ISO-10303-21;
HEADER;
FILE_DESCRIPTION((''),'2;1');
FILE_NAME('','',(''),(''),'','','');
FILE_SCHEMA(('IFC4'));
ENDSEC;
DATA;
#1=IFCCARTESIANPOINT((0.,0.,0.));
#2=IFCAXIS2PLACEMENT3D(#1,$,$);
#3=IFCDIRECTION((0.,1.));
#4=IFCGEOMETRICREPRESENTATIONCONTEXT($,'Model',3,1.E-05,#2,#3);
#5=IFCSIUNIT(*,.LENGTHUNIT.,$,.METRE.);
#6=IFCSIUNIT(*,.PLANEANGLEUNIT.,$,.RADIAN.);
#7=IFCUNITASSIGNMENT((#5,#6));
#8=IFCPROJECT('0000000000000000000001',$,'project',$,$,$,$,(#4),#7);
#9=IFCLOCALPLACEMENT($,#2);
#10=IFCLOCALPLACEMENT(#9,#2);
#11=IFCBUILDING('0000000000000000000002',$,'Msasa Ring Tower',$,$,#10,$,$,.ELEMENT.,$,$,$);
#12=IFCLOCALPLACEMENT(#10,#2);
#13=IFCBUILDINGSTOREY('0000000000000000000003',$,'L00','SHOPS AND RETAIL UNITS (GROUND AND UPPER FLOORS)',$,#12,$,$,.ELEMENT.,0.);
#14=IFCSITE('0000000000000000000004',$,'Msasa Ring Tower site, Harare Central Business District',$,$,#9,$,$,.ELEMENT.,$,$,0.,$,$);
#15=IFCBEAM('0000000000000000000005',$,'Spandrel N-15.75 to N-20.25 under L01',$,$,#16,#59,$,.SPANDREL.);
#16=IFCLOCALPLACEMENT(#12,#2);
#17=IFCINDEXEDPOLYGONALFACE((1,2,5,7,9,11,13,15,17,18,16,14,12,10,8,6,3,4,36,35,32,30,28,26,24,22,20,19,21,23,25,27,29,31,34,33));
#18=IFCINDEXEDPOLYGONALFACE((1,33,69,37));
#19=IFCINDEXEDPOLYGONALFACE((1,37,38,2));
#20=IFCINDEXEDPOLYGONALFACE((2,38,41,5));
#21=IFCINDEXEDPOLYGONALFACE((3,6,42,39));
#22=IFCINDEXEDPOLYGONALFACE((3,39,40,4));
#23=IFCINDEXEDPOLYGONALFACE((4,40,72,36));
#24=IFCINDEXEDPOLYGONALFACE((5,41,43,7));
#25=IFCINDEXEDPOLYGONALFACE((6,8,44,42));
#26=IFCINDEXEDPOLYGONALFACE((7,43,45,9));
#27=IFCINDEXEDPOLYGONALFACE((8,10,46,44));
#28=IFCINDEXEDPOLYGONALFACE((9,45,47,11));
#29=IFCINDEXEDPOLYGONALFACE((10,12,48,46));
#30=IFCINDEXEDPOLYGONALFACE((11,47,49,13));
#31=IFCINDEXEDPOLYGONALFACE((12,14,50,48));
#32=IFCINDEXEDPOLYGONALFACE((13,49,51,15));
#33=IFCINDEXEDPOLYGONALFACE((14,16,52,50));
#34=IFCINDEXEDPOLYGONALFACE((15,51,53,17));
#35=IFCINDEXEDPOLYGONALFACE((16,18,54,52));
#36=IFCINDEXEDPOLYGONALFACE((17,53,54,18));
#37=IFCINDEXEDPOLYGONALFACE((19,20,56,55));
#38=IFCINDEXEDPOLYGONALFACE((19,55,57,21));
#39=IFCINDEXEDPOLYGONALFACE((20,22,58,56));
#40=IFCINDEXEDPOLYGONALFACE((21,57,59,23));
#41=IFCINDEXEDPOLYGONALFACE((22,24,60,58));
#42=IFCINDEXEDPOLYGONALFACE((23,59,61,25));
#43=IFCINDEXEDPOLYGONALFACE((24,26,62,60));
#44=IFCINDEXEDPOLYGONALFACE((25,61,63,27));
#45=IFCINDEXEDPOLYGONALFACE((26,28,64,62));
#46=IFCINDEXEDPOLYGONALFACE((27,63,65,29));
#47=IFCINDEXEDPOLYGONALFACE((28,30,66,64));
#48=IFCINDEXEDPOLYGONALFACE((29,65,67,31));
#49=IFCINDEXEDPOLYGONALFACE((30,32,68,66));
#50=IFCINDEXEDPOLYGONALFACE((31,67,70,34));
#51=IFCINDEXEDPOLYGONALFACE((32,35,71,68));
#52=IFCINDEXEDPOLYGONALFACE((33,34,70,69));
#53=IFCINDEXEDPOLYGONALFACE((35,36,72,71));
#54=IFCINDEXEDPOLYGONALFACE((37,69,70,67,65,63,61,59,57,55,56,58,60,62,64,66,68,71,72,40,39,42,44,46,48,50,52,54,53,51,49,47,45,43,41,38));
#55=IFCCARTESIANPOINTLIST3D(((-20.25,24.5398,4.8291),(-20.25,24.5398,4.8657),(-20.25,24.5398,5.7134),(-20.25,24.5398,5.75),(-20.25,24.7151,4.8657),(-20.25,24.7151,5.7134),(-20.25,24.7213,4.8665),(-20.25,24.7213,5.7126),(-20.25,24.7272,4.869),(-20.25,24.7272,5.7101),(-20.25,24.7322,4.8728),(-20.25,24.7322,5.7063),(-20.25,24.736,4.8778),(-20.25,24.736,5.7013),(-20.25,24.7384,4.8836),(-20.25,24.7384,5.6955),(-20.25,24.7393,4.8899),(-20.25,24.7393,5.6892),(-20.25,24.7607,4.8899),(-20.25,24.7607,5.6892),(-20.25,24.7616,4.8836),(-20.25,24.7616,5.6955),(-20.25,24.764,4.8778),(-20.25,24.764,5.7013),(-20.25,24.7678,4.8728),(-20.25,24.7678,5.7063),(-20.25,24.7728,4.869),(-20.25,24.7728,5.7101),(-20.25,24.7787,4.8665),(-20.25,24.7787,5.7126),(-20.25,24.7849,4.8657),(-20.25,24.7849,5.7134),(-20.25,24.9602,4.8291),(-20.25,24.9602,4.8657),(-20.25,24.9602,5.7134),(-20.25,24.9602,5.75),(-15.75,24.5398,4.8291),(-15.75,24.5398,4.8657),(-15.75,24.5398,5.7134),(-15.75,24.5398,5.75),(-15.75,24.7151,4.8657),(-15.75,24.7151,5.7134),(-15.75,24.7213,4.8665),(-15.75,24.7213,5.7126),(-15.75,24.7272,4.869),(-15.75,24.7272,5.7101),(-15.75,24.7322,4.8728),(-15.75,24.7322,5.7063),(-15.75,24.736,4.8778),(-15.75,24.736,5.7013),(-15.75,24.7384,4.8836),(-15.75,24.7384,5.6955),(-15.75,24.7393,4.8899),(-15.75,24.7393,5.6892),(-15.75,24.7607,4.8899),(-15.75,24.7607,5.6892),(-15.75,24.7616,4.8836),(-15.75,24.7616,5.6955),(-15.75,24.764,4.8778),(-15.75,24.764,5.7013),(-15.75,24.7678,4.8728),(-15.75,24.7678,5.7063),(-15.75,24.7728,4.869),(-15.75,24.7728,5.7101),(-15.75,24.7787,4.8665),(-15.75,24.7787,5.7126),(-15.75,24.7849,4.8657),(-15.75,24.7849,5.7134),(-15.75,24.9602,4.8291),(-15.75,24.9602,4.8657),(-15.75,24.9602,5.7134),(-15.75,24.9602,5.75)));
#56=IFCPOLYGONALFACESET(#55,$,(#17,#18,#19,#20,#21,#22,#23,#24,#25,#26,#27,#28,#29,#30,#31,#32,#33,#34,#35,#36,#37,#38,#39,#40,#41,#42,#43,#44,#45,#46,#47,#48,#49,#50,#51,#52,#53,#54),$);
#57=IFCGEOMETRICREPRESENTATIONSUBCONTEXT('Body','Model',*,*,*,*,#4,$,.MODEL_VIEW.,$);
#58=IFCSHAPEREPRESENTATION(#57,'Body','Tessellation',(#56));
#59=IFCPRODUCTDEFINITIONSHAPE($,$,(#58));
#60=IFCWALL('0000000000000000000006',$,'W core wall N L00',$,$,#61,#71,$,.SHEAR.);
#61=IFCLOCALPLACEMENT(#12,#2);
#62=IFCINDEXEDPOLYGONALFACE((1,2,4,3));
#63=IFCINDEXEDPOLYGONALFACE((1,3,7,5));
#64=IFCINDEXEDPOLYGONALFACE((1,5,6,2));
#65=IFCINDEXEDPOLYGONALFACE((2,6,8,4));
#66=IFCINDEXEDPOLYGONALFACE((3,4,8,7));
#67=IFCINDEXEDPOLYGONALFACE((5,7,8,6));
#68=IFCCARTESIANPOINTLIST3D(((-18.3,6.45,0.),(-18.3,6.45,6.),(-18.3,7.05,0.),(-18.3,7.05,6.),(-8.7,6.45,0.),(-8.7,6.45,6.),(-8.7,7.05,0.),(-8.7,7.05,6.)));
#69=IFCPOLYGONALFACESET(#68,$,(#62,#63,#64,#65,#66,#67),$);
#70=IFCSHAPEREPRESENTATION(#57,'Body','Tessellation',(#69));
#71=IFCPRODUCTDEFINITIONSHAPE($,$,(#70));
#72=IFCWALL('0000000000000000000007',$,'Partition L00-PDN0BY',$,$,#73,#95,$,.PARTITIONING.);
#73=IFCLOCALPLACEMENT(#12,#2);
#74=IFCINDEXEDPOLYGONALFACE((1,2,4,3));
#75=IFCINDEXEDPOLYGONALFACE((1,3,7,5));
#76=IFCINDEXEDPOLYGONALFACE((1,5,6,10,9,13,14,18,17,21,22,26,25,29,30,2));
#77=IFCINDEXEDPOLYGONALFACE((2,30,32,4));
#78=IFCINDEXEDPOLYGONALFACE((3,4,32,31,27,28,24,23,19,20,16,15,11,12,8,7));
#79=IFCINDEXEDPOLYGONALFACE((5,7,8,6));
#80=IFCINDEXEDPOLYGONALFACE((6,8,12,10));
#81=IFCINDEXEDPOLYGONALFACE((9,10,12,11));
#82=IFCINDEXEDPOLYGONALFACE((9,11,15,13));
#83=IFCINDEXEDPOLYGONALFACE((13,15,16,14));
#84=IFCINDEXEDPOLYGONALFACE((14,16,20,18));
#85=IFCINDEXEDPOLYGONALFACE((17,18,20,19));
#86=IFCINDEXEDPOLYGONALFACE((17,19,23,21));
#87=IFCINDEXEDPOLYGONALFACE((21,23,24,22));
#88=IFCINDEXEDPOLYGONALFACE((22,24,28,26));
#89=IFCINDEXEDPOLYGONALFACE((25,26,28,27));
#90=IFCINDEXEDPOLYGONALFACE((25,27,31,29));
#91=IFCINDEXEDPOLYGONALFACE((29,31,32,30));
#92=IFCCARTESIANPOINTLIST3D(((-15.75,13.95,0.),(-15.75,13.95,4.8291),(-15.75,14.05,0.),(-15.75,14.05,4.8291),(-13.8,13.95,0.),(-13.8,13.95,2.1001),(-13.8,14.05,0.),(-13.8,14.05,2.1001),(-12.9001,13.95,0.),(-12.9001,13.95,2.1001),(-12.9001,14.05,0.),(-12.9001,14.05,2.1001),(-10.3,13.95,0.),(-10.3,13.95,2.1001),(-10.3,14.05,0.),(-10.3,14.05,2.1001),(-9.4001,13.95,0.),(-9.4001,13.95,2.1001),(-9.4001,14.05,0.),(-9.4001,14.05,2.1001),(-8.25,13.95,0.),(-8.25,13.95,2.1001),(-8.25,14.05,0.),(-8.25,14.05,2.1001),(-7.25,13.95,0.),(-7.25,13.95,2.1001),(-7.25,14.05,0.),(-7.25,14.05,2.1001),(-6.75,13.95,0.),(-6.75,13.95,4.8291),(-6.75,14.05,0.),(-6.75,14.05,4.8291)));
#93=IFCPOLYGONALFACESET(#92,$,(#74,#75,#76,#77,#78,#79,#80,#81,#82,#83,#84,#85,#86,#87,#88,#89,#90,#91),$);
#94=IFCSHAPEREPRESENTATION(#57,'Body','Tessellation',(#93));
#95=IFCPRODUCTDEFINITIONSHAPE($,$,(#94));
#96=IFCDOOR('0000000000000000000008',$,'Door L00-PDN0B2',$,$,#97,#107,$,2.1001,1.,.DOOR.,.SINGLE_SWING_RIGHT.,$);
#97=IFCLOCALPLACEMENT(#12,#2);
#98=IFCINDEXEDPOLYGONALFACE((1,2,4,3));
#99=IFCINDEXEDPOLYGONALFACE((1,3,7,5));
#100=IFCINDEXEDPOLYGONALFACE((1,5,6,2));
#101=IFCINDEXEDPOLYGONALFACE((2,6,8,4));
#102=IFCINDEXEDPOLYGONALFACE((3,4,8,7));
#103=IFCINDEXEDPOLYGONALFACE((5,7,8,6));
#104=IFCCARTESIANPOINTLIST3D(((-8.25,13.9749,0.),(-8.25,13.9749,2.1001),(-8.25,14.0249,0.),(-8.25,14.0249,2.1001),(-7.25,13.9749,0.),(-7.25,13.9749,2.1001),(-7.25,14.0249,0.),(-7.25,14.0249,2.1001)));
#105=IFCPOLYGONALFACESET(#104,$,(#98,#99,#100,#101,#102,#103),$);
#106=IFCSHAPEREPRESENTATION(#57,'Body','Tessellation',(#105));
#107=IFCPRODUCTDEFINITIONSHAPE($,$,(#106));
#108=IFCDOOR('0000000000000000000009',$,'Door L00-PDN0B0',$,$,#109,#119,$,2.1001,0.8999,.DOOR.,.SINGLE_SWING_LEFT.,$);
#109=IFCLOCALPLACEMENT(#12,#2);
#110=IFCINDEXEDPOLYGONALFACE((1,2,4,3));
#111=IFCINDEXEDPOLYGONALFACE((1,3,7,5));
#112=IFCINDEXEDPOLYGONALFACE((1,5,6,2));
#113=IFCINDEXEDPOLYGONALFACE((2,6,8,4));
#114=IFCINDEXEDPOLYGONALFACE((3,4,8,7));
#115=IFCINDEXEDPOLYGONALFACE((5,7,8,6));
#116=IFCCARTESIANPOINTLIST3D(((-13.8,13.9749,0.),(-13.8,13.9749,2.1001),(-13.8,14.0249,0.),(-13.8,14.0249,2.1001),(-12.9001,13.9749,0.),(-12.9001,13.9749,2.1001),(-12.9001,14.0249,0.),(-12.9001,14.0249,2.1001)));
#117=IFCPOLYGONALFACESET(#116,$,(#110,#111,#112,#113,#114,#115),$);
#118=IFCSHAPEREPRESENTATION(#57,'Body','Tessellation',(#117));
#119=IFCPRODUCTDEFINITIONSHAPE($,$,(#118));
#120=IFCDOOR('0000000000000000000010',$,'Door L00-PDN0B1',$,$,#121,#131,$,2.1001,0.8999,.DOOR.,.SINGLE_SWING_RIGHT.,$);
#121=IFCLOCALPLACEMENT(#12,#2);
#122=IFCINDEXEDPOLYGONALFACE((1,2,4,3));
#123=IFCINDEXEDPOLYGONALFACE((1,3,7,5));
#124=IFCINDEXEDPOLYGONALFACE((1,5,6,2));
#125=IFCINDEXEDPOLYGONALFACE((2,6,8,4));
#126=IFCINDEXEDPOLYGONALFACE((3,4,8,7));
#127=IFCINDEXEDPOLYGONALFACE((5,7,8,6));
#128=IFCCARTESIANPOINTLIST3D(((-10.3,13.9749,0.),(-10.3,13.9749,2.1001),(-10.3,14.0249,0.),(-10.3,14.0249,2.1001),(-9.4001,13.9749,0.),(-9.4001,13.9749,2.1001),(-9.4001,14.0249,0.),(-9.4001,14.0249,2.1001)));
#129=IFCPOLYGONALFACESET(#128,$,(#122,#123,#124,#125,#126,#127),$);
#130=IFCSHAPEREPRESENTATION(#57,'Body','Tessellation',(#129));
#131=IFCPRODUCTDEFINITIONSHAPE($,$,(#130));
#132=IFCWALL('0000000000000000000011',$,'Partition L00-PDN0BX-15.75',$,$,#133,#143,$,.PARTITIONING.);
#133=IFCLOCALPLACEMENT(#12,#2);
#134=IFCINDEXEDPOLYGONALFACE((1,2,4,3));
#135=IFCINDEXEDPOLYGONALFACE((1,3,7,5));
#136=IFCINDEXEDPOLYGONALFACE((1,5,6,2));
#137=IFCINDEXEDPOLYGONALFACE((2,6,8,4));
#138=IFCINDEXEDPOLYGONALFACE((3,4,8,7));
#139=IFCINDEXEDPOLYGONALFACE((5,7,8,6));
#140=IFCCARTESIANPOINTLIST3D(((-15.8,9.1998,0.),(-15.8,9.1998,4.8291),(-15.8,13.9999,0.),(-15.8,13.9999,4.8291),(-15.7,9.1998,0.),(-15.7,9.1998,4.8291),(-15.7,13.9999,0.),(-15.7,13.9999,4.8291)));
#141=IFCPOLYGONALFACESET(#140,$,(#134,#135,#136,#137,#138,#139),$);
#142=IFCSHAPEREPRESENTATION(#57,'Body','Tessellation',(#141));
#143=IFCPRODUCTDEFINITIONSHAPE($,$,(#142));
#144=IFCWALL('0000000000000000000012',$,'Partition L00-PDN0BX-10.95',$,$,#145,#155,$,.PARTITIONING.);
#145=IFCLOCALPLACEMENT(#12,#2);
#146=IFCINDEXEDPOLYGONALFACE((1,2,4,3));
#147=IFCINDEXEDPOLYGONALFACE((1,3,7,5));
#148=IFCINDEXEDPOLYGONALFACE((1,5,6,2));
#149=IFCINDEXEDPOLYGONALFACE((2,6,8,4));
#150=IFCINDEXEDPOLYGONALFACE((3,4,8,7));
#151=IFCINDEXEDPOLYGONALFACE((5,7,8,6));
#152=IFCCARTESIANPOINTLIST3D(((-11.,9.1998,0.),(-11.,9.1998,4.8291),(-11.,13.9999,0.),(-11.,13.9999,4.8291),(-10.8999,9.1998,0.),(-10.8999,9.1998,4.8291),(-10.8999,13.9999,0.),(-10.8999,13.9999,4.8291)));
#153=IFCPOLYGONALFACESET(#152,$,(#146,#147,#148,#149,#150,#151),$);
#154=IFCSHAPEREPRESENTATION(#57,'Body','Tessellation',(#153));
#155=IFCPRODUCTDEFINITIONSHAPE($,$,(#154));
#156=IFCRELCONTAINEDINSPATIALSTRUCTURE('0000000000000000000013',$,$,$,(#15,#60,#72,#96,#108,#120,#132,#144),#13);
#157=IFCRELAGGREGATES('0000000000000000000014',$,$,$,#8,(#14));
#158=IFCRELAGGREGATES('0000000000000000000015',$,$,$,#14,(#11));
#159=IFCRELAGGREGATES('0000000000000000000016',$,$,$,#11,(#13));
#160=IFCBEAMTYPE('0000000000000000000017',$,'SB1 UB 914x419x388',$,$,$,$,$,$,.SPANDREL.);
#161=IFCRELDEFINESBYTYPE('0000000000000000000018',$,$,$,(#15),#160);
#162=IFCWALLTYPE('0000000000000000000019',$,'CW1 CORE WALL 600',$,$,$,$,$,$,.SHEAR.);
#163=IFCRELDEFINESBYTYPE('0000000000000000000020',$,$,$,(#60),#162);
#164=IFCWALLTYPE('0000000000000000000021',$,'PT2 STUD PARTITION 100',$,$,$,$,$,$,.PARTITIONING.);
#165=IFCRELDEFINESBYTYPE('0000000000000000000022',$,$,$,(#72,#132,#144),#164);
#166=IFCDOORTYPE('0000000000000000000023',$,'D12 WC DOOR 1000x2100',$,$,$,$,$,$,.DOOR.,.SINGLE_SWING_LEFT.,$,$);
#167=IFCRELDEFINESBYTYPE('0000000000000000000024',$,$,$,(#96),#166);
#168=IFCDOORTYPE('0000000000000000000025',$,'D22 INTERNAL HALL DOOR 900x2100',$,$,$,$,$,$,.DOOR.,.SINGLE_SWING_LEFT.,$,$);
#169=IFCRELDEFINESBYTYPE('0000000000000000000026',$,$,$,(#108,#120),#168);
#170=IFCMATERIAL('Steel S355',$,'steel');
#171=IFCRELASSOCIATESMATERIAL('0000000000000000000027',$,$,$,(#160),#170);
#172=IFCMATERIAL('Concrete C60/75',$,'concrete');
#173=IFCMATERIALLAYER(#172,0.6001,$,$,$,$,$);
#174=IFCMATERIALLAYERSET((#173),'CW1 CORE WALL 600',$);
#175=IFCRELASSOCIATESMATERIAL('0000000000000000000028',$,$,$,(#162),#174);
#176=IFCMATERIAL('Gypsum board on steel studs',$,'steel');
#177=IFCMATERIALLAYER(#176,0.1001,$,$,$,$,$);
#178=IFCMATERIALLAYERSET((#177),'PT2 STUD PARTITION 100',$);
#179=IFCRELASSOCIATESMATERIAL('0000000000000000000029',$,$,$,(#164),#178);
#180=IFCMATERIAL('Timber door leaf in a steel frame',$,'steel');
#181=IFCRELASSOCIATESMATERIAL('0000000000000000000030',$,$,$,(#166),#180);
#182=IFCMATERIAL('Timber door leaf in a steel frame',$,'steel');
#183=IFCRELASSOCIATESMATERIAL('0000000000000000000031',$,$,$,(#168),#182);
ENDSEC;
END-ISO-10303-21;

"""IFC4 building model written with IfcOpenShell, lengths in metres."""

from ifc_helpers import new_model, si_unit, direction, frame, frame_2d, origin, origin_2d, place, context, subcontext, project, spatial, rectangle, i_section, extrude, material, layer, layer_set, material_profile, profile_set, type_object, element, fill, save


model = new_model("IFC4")

# Units and contexts
model_context = context("Model", 3, precision=1e-05, world=origin(), true_north=direction((0.0, 1.0)))
body_context = subcontext(model_context, "Body", "Model", "MODEL_VIEW")
ifc_project = project(units=[si_unit("LENGTHUNIT", "METRE"), si_unit("PLANEANGLEUNIT", "RADIAN")], contexts=[model_context])

# Site, building, storey
site_placement = place(None, origin())
site = spatial("IfcSite", under=ifc_project, at=site_placement, Name="Msasa Ring Tower site, Harare Central Business District", CompositionType="ELEMENT", RefElevation=0.0)
building_placement = place(site_placement, origin())
building = spatial("IfcBuilding", under=site, at=building_placement, Name="Msasa Ring Tower", CompositionType="ELEMENT")
storey_placement = place(building_placement, origin())
storey = spatial("IfcBuildingStorey", under=building, at=storey_placement, Name="L00", Description="SHOPS AND RETAIL UNITS (GROUND AND UPPER FLOORS)", CompositionType="ELEMENT", Elevation=0.0)

# Beam
ifc_material_1 = material(Name="Steel S355", Category="steel")
ifc_material_profile_1 = material_profile(ifc_material_1, i_section(OverallWidth=0.4204, OverallDepth=0.9209, WebThickness=0.0215, FlangeThickness=0.0366, FilletRadius=0.0242, at=origin_2d()), Name="UB 914x419x388")
ifc_profile_set_1 = profile_set([ifc_material_profile_1], Name="Steel S355")
beam_type_1 = type_object("IfcBeamType", Name="SB1 UB 914x419x388", PredefinedType="SPANDREL", material=ifc_profile_set_1)
beam_1_placement = place(storey_placement, frame((-15.75, 24.75, 5.2896), z_axis=(-1.0, 0.0, 0.0), x_axis=(0.0, -1.0, 0.0)))
element("IfcBeam", 1, at=beam_1_placement, inside=storey, type_object=beam_type_1, Name="Spandrel N-15.75 to N-20.25 under L01", PredefinedType="SPANDREL", context=body_context, shape_type="SweptSolid", body=[
    extrude(i_section(OverallWidth=0.4204, OverallDepth=0.9209, WebThickness=0.0215, FlangeThickness=0.0366, FilletRadius=0.0242, at=origin_2d()), origin(), (0.0, 0.0, 1.0), 4.5),
])

# Wall
ifc_material_2 = material(Name="Concrete C60/75", Category="concrete")
ifc_layer_1 = layer(ifc_material_2, 0.6001)
ifc_layer_set_1 = layer_set([ifc_layer_1], Name="CW1 CORE WALL 600")
wall_type_1 = type_object("IfcWallType", Name="CW1 CORE WALL 600", PredefinedType="SHEAR", material=ifc_layer_set_1)
wall_1_placement = place(storey_placement, frame((-8.7, 6.75, 0.0), z_axis=(0.0, 0.0, 1.0), x_axis=(-1.0, 0.0, 0.0)))
element("IfcWall", 2, at=wall_1_placement, inside=storey, type_object=wall_type_1, Name="W core wall N L00", PredefinedType="SHEAR", context=body_context, shape_type="SweptSolid", body=[
    extrude(rectangle(XDim=9.6001, YDim=0.6001, at=frame_2d((4.8, 0.0))), origin(), (0.0, 0.0, 1.0), 6.0),
])

# Wall, openings, doors
ifc_material_3 = material(Name="Gypsum board on steel studs", Category="steel")
ifc_layer_2 = layer(ifc_material_3, 0.1001)
ifc_layer_set_2 = layer_set([ifc_layer_2], Name="PT2 STUD PARTITION 100")
wall_type_2 = type_object("IfcWallType", Name="PT2 STUD PARTITION 100", PredefinedType="PARTITIONING", material=ifc_layer_set_2)
wall_2_placement = place(storey_placement, frame((-15.75, 14.0, 0.0), z_axis=(0.0, 0.0, 1.0), x_axis=(1.0, 0.0, 0.0)))
wall_2 = element("IfcWall", 3, at=wall_2_placement, inside=storey, type_object=wall_type_2, Name="Partition L00-PDN0BY", PredefinedType="PARTITIONING", context=body_context, shape_type="SweptSolid", body=[
    extrude(rectangle(XDim=9.0, YDim=0.1001, at=frame_2d((4.5, 0.0))), origin(), (0.0, 0.0, 1.0), 4.8291),
])
opening_1_placement = place(wall_2_placement, frame((1.95, 0.0, 0.0)))
opening_1 = element("IfcOpeningElement", 4, at=opening_1_placement, cuts=wall_2, PredefinedType="OPENING", context=body_context, shape_type="SweptSolid", body=[
    extrude(rectangle(XDim=0.8999, YDim=2.1001, at=frame_2d((0.45, 1.05))), frame((0.0, 0.0601, 0.0), z_axis=(0.0, -1.0, 0.0), x_axis=(1.0, 0.0, 0.0)), (0.0, 0.0, 1.0), 0.1201),
])
opening_2_placement = place(wall_2_placement, frame((5.45, 0.0, 0.0)))
opening_2 = element("IfcOpeningElement", 5, at=opening_2_placement, cuts=wall_2, PredefinedType="OPENING", context=body_context, shape_type="SweptSolid", body=[
    extrude(rectangle(XDim=0.8999, YDim=2.1001, at=frame_2d((0.45, 1.05))), frame((0.0, 0.0601, 0.0), z_axis=(0.0, -1.0, 0.0), x_axis=(1.0, 0.0, 0.0)), (0.0, 0.0, 1.0), 0.1201),
])
opening_3_placement = place(wall_2_placement, frame((7.5, 0.0, 0.0)))
opening_3 = element("IfcOpeningElement", 6, at=opening_3_placement, cuts=wall_2, PredefinedType="OPENING", context=body_context, shape_type="SweptSolid", body=[
    extrude(rectangle(XDim=1.0, YDim=2.1001, at=frame_2d((0.5, 1.05))), frame((0.0, 0.0601, 0.0), z_axis=(0.0, -1.0, 0.0), x_axis=(1.0, 0.0, 0.0)), (0.0, 0.0, 1.0), 0.1201),
])
ifc_material_4 = material(Name="Timber door leaf in a steel frame", Category="steel")
door_type_1 = type_object("IfcDoorType", Name="D12 WC DOOR 1000x2100", OperationType="SINGLE_SWING_LEFT", PredefinedType="DOOR", material=ifc_material_4)
door_1_placement = place(opening_3_placement, origin())
door_1 = element("IfcDoor", 7, at=door_1_placement, inside=storey, type_object=door_type_1, Name="Door L00-PDN0B2", OperationType="SINGLE_SWING_RIGHT", OverallHeight=2.1001, OverallWidth=1.0, PredefinedType="DOOR", context=body_context, shape_type="SweptSolid", body=[
    extrude(rectangle(XDim=1.0, YDim=2.1001, at=frame_2d((0.5, 1.05))), frame((0.0, 0.0249, 0.0), z_axis=(0.0, -1.0, 0.0), x_axis=(1.0, 0.0, 0.0)), (0.0, 0.0, 1.0), 0.05),
])
fill(opening_3, door_1)
ifc_material_5 = material(Name="Timber door leaf in a steel frame", Category="steel")
door_type_2 = type_object("IfcDoorType", Name="D22 INTERNAL HALL DOOR 900x2100", OperationType="SINGLE_SWING_LEFT", PredefinedType="DOOR", material=ifc_material_5)
door_2_placement = place(opening_1_placement, origin())
door_2 = element("IfcDoor", 8, at=door_2_placement, inside=storey, type_object=door_type_2, Name="Door L00-PDN0B0", OperationType="SINGLE_SWING_LEFT", OverallHeight=2.1001, OverallWidth=0.8999, PredefinedType="DOOR", context=body_context, shape_type="SweptSolid", body=[
    extrude(rectangle(XDim=0.8999, YDim=2.1001, at=frame_2d((0.45, 1.05))), frame((0.0, 0.0249, 0.0), z_axis=(0.0, -1.0, 0.0), x_axis=(1.0, 0.0, 0.0)), (0.0, 0.0, 1.0), 0.05),
])
fill(opening_1, door_2)
door_3_placement = place(opening_2_placement, origin())
door_3 = element("IfcDoor", 9, at=door_3_placement, inside=storey, type_object=door_type_2, Name="Door L00-PDN0B1", OperationType="SINGLE_SWING_RIGHT", OverallHeight=2.1001, OverallWidth=0.8999, PredefinedType="DOOR", context=body_context, shape_type="SweptSolid", body=[
    extrude(rectangle(XDim=0.8999, YDim=2.1001, at=frame_2d((0.45, 1.05))), frame((0.0, 0.0249, 0.0), z_axis=(0.0, -1.0, 0.0), x_axis=(1.0, 0.0, 0.0)), (0.0, 0.0, 1.0), 0.05),
])
fill(opening_2, door_3)

# Walls
for number, where, z_axis, x_axis, name in (
    (10, (-15.75, 9.2, 0.0), (0.0, 0.0, 1.0), (0.0, 1.0, 0.0), "Partition L00-PDN0BX-15.75"),
    (11, (-10.95, 9.2, 0.0), (0.0, 0.0, 1.0), (0.0, 1.0, 0.0), "Partition L00-PDN0BX-10.95"),
):
    element("IfcWall", number, at=place(storey_placement, frame(where, z_axis=z_axis, x_axis=x_axis)), inside=storey, type_object=wall_type_2, Name=name, PredefinedType="PARTITIONING", context=body_context, shape_type="SweptSolid", body=[
        extrude(rectangle(XDim=4.8, YDim=0.1001, at=frame_2d((2.3999, 0.0))), origin(), (0.0, 0.0, 1.0), 4.8291),
    ])

save(model, "model.ifc")
